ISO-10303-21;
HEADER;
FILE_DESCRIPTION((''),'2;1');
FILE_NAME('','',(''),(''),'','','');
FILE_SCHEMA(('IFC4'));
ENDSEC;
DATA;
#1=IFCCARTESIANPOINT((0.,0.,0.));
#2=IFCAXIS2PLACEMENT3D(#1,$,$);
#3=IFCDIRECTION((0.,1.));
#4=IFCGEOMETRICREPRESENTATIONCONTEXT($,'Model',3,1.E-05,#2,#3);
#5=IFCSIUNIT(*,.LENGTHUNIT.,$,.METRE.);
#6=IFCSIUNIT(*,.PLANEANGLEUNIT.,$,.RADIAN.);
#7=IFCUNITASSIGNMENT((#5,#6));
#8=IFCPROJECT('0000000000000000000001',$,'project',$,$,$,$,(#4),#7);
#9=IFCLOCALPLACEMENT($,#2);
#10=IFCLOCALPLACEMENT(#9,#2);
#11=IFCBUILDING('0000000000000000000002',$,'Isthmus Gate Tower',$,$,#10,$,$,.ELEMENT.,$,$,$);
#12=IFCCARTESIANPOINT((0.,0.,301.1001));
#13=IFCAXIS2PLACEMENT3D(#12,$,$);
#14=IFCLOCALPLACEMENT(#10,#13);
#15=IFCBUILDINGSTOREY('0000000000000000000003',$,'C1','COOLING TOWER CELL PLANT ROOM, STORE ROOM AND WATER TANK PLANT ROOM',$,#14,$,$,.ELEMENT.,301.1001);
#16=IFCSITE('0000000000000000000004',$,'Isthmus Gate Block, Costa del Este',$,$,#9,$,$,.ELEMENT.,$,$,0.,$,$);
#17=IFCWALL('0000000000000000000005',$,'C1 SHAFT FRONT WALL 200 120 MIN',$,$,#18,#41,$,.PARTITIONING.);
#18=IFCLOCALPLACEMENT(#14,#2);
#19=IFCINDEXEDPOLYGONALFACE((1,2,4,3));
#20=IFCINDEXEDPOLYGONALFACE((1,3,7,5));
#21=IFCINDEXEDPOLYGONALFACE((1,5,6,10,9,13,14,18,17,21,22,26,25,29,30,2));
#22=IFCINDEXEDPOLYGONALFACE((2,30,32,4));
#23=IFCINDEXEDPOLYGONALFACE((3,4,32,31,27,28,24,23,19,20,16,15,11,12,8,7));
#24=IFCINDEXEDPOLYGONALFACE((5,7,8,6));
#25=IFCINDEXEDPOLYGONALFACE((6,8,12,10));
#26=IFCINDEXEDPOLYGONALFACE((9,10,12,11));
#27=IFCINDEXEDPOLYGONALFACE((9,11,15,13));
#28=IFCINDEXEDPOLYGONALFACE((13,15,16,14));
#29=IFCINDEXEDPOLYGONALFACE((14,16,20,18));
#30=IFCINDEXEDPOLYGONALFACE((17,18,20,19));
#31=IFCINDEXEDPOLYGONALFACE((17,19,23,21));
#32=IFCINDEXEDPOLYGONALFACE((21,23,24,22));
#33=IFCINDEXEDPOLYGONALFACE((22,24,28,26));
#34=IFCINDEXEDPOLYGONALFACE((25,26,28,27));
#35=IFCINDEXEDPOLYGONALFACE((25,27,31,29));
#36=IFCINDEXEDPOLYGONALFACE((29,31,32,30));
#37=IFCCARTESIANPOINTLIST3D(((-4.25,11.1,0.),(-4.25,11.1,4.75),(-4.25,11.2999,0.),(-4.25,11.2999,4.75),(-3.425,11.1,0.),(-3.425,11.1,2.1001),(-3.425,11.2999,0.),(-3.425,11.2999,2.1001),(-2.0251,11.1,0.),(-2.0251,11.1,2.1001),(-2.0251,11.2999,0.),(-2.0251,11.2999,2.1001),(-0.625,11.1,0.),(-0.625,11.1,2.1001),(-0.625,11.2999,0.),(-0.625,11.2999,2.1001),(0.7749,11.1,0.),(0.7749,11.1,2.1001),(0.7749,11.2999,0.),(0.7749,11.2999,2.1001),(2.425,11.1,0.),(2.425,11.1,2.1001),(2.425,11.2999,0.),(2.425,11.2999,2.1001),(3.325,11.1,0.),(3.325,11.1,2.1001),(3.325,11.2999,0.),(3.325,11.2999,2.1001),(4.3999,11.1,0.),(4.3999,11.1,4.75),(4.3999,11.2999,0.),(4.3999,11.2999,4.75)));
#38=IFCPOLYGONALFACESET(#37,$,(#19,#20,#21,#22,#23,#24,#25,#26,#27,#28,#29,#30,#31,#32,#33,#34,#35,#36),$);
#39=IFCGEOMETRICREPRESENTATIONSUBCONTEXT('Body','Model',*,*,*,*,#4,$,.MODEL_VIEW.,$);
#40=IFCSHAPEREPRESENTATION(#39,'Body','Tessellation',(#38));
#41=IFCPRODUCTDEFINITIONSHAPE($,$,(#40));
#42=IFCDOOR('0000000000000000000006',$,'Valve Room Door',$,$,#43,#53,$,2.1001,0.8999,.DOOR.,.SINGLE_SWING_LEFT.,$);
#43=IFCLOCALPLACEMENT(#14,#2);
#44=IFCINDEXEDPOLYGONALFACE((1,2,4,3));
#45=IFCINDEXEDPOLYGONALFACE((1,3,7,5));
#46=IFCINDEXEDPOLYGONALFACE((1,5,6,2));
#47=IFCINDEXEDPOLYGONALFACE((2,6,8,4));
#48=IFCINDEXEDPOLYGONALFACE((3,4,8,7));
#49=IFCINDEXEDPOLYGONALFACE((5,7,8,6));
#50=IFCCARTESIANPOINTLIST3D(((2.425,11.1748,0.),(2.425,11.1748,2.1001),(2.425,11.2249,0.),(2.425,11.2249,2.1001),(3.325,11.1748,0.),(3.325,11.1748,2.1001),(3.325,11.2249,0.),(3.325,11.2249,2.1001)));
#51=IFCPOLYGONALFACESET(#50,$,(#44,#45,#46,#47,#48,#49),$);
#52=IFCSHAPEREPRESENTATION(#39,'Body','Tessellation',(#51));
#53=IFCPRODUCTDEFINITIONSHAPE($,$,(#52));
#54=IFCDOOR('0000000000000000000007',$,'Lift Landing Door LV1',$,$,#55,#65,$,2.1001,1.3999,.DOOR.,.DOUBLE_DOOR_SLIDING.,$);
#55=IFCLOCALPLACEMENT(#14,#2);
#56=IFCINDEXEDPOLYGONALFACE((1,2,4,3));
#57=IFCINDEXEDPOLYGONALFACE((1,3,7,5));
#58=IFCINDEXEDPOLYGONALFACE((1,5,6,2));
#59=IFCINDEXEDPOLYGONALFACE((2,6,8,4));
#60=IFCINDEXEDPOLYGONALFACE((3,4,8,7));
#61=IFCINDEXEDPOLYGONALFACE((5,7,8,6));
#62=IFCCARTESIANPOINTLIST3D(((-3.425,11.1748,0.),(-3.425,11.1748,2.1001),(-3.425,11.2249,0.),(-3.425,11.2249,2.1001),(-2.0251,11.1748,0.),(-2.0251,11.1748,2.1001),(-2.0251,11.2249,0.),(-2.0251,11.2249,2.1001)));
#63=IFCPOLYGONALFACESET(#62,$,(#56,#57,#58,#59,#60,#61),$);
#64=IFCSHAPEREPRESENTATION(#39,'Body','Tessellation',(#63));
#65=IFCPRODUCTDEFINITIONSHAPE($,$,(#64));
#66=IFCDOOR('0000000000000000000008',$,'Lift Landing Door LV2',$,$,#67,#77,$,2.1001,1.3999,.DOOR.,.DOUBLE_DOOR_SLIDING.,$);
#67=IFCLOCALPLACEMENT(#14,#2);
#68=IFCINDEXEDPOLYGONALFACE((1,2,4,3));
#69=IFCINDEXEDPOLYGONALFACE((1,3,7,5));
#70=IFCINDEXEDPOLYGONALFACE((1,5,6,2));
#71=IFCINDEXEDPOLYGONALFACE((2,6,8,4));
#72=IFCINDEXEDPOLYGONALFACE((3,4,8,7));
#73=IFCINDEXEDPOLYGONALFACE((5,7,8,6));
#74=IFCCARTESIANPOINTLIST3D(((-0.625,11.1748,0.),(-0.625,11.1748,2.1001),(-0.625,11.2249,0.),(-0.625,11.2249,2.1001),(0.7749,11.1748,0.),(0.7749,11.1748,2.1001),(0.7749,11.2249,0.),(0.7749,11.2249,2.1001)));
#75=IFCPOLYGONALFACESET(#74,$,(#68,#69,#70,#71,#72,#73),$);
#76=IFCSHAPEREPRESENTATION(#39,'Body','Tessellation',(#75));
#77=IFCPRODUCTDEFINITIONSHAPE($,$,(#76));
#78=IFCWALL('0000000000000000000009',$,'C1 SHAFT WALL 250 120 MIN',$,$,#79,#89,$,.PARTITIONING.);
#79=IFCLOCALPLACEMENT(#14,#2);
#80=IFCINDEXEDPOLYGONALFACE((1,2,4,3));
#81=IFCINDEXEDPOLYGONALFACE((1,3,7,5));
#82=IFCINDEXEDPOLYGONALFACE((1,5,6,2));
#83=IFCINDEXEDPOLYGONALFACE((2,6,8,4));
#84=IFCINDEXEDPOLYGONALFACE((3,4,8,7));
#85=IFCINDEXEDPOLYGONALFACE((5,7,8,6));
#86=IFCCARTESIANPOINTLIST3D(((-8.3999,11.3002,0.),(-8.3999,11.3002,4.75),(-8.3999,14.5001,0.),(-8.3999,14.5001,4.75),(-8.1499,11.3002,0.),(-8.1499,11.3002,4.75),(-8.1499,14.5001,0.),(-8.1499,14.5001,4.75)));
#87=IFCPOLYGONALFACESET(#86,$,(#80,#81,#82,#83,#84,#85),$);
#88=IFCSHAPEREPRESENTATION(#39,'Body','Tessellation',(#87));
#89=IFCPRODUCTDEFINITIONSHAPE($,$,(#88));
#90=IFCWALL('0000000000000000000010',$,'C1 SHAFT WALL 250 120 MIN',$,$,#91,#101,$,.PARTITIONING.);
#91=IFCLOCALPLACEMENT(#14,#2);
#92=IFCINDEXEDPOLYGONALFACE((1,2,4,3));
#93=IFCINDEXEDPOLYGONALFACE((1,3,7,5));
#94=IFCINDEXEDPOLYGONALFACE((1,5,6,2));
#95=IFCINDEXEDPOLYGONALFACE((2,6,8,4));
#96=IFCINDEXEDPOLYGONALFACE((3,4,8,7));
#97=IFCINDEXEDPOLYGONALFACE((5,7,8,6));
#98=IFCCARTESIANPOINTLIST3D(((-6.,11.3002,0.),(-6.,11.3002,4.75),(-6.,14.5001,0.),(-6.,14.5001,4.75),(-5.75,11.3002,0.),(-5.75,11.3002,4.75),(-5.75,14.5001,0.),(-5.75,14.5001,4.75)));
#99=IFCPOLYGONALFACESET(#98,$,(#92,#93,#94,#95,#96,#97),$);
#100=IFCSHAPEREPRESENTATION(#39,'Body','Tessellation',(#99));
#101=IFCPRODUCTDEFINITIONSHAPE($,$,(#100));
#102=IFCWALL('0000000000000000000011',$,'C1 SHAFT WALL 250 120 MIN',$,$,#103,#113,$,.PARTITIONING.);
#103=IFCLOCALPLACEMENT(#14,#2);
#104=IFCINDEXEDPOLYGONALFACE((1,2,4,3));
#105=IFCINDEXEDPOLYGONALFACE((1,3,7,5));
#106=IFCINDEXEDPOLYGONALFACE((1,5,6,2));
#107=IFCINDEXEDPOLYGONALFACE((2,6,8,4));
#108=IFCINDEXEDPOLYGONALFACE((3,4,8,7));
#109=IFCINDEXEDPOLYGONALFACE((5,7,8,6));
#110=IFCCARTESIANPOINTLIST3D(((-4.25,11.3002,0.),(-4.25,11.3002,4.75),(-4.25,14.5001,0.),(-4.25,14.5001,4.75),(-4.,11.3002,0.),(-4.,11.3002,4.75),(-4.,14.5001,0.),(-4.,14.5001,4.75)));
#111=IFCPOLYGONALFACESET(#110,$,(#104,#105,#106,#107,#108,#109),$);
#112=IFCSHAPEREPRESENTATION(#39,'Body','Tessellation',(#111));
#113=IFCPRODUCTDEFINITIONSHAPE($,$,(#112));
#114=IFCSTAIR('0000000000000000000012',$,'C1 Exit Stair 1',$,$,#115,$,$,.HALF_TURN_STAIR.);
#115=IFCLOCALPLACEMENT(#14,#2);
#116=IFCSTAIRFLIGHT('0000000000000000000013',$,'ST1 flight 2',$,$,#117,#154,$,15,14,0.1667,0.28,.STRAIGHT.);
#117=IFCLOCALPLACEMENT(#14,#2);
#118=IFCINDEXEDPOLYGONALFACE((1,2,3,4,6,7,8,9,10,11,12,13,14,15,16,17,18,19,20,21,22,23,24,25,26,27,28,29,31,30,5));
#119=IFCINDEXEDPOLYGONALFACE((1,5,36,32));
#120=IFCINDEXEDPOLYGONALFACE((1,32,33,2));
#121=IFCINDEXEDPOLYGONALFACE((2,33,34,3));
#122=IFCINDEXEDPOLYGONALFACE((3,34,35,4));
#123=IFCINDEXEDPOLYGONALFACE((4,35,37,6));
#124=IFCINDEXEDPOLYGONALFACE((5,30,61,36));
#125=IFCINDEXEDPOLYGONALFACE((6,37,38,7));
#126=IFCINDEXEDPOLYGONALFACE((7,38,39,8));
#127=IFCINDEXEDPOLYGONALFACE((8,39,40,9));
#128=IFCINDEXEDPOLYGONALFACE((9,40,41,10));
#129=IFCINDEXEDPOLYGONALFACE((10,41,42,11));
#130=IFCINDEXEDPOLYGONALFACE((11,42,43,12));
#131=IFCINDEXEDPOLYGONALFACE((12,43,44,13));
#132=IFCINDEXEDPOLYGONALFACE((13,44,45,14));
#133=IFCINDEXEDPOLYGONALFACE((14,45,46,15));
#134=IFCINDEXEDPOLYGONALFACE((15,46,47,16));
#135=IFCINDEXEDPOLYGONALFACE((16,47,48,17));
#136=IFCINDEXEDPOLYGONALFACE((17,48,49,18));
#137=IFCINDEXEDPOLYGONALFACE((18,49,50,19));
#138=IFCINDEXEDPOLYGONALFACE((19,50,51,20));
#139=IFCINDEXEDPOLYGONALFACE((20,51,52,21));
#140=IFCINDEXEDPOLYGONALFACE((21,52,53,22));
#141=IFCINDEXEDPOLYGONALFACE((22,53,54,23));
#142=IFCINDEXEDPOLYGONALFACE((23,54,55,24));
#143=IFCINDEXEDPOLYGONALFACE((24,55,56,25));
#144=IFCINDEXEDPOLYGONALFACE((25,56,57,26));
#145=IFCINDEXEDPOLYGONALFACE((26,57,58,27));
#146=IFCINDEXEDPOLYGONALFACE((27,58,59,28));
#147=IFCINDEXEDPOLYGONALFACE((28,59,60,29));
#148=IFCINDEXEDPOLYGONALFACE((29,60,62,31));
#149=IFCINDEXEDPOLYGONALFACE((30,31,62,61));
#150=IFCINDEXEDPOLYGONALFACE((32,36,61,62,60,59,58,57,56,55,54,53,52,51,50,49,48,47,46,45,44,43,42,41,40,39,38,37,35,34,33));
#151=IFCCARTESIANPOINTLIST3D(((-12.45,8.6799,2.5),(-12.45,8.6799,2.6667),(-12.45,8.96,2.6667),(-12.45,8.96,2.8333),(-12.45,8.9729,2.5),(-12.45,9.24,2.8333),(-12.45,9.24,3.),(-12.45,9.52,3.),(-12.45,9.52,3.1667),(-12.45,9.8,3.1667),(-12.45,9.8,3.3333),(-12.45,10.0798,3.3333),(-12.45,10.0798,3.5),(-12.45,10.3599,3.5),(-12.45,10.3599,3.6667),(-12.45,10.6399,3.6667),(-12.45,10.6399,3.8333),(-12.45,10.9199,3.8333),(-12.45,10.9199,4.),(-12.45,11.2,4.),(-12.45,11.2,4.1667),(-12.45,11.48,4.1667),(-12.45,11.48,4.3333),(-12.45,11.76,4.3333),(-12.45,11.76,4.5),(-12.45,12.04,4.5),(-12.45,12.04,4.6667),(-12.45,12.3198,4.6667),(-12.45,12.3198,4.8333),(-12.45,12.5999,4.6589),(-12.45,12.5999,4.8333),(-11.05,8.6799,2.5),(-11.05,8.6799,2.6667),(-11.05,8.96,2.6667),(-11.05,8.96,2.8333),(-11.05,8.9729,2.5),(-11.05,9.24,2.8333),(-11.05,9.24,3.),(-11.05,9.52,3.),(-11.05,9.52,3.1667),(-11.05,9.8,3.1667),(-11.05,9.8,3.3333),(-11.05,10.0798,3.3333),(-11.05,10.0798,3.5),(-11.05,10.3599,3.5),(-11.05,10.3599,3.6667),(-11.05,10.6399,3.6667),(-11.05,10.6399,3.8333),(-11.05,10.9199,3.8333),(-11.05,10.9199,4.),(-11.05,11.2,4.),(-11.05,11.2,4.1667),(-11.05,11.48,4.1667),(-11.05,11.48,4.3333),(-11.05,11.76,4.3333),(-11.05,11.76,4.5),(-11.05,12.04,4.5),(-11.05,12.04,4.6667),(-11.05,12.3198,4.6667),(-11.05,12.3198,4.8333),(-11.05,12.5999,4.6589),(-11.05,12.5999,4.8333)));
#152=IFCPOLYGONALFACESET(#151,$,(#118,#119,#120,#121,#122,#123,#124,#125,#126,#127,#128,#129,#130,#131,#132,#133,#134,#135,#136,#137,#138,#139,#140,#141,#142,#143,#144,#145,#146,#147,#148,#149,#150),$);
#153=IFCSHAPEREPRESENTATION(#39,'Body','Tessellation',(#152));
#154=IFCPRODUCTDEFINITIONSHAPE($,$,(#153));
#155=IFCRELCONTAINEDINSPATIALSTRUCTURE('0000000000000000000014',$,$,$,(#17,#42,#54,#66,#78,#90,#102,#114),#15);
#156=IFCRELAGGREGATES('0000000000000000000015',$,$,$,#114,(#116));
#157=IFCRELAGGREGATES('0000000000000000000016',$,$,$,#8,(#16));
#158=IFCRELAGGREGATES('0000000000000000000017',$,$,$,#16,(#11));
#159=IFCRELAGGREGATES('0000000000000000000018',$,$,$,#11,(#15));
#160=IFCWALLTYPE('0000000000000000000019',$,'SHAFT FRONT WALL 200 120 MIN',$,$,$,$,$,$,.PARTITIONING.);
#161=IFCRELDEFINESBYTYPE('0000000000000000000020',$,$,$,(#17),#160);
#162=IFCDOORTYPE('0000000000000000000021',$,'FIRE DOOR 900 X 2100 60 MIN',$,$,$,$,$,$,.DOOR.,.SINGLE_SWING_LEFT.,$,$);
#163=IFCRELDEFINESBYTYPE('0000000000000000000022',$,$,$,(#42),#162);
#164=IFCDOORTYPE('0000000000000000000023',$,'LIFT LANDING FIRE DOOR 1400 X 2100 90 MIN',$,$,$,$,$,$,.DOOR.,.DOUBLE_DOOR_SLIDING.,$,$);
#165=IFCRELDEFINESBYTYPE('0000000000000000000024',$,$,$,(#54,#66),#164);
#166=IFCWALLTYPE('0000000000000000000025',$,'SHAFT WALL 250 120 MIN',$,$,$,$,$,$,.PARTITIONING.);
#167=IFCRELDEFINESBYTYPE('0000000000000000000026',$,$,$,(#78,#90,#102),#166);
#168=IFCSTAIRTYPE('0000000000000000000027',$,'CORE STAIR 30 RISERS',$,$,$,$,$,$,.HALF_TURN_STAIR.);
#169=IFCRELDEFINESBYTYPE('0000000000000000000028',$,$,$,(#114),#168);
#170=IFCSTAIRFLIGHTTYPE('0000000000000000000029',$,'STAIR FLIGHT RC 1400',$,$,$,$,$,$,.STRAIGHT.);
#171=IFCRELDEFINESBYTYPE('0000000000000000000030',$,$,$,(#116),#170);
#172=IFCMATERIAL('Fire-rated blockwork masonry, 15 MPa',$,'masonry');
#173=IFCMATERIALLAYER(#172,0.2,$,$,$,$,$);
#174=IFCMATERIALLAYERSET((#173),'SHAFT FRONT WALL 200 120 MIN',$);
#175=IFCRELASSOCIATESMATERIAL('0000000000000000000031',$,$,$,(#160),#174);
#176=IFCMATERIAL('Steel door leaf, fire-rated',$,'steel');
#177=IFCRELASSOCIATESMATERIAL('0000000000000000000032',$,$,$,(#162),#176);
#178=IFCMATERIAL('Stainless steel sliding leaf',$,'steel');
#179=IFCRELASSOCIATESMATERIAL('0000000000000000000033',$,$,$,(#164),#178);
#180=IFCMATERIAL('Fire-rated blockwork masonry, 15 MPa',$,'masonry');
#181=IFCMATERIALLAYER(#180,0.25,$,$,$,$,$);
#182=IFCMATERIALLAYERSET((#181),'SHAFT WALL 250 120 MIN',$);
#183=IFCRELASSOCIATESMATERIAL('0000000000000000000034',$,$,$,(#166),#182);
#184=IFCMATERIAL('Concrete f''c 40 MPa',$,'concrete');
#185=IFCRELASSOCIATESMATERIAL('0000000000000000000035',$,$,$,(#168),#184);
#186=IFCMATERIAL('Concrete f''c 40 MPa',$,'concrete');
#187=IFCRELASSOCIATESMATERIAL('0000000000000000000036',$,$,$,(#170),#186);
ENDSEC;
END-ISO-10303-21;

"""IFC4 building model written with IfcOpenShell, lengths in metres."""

from ifc_helpers import new_model, si_unit, direction, frame, frame_2d, origin, place, context, subcontext, project, spatial, polyline, rectangle, outline, extrude, material, layer, layer_set, type_object, element, fill, aggregate, save


model = new_model("IFC4")

# Units and contexts
model_context = context("Model", 3, precision=1e-05, world=origin(), true_north=direction((0.0, 1.0)))
body_context = subcontext(model_context, "Body", "Model", "MODEL_VIEW")
ifc_project = project(units=[si_unit("LENGTHUNIT", "METRE"), si_unit("PLANEANGLEUNIT", "RADIAN")], contexts=[model_context])

# Site, building, storey
site_placement = place(None, origin())
site = spatial("IfcSite", under=ifc_project, at=site_placement, Name="Isthmus Gate Block, Costa del Este", CompositionType="ELEMENT", RefElevation=0.0)
building_placement = place(site_placement, origin())
building = spatial("IfcBuilding", under=site, at=building_placement, Name="Isthmus Gate Tower", CompositionType="ELEMENT")
storey_placement = place(building_placement, frame((0.0, 0.0, 301.1001)))
storey = spatial("IfcBuildingStorey", under=building, at=storey_placement, Name="C1", Description="COOLING TOWER CELL PLANT ROOM, STORE ROOM AND WATER TANK PLANT ROOM", CompositionType="ELEMENT", Elevation=301.1001)

# Wall, openings, doors
ifc_material_1 = material(Name="Fire-rated blockwork masonry, 15 MPa", Category="masonry")
ifc_layer_1 = layer(ifc_material_1, 0.2)
ifc_layer_set_1 = layer_set([ifc_layer_1], Name="SHAFT FRONT WALL 200 120 MIN")
wall_type_1 = type_object("IfcWallType", Name="SHAFT FRONT WALL 200 120 MIN", PredefinedType="PARTITIONING", material=ifc_layer_set_1)
wall_1_placement = place(storey_placement, frame((-4.25, 11.2, 0.0), z_axis=(0.0, 0.0, 1.0), x_axis=(1.0, 0.0, 0.0)))
wall_1 = element("IfcWall", 1, at=wall_1_placement, inside=storey, type_object=wall_type_1, Name="C1 SHAFT FRONT WALL 200 120 MIN", PredefinedType="PARTITIONING", context=body_context, shape_type="SweptSolid", body=[
    extrude(rectangle(XDim=8.6499, YDim=0.2, at=frame_2d((4.325, 0.0))), origin(), (0.0, 0.0, 1.0), 4.75),
])
opening_1_placement = place(wall_1_placement, frame((0.825, 0.0, 0.0)))
opening_1 = element("IfcOpeningElement", 2, at=opening_1_placement, cuts=wall_1, PredefinedType="OPENING", context=body_context, shape_type="SweptSolid", body=[
    extrude(rectangle(XDim=1.3999, YDim=2.1001, at=frame_2d((0.7, 1.05))), frame((0.0, 0.1099, 0.0), z_axis=(0.0, -1.0, 0.0), x_axis=(1.0, 0.0, 0.0)), (0.0, 0.0, 1.0), 0.22),
])
opening_2_placement = place(wall_1_placement, frame((3.625, 0.0, 0.0)))
opening_2 = element("IfcOpeningElement", 3, at=opening_2_placement, cuts=wall_1, PredefinedType="OPENING", context=body_context, shape_type="SweptSolid", body=[
    extrude(rectangle(XDim=1.3999, YDim=2.1001, at=frame_2d((0.7, 1.05))), frame((0.0, 0.1099, 0.0), z_axis=(0.0, -1.0, 0.0), x_axis=(1.0, 0.0, 0.0)), (0.0, 0.0, 1.0), 0.22),
])
opening_3_placement = place(wall_1_placement, frame((6.675, 0.0, 0.0)))
opening_3 = element("IfcOpeningElement", 4, at=opening_3_placement, cuts=wall_1, PredefinedType="OPENING", context=body_context, shape_type="SweptSolid", body=[
    extrude(rectangle(XDim=0.8999, YDim=2.1001, at=frame_2d((0.45, 1.05))), frame((0.0, 0.1099, 0.0), z_axis=(0.0, -1.0, 0.0), x_axis=(1.0, 0.0, 0.0)), (0.0, 0.0, 1.0), 0.22),
])
ifc_material_2 = material(Name="Steel door leaf, fire-rated", Category="steel")
door_type_1 = type_object("IfcDoorType", Name="FIRE DOOR 900 X 2100 60 MIN", OperationType="SINGLE_SWING_LEFT", PredefinedType="DOOR", material=ifc_material_2)
door_1_placement = place(opening_3_placement, origin())
door_1 = element("IfcDoor", 5, at=door_1_placement, inside=storey, type_object=door_type_1, Name="Valve Room Door", OperationType="SINGLE_SWING_LEFT", OverallHeight=2.1001, OverallWidth=0.8999, PredefinedType="DOOR", context=body_context, shape_type="SweptSolid", body=[
    extrude(rectangle(XDim=0.8999, YDim=2.1001, at=frame_2d((0.45, 1.05))), frame((0.0, 0.0249, 0.0), z_axis=(0.0, -1.0, 0.0), x_axis=(1.0, 0.0, 0.0)), (0.0, 0.0, 1.0), 0.05),
])
fill(opening_3, door_1)
ifc_material_3 = material(Name="Stainless steel sliding leaf", Category="steel")
door_type_2 = type_object("IfcDoorType", Name="LIFT LANDING FIRE DOOR 1400 X 2100 90 MIN", OperationType="DOUBLE_DOOR_SLIDING", PredefinedType="DOOR", material=ifc_material_3)
door_2_placement = place(opening_1_placement, origin())
door_2 = element("IfcDoor", 6, at=door_2_placement, inside=storey, type_object=door_type_2, Name="Lift Landing Door LV1", OperationType="DOUBLE_DOOR_SLIDING", OverallHeight=2.1001, OverallWidth=1.3999, PredefinedType="DOOR", context=body_context, shape_type="SweptSolid", body=[
    extrude(rectangle(XDim=1.3999, YDim=2.1001, at=frame_2d((0.7, 1.05))), frame((0.0, 0.0249, 0.0), z_axis=(0.0, -1.0, 0.0), x_axis=(1.0, 0.0, 0.0)), (0.0, 0.0, 1.0), 0.05),
])
fill(opening_1, door_2)
door_3_placement = place(opening_2_placement, origin())
door_3 = element("IfcDoor", 7, at=door_3_placement, inside=storey, type_object=door_type_2, Name="Lift Landing Door LV2", OperationType="DOUBLE_DOOR_SLIDING", OverallHeight=2.1001, OverallWidth=1.3999, PredefinedType="DOOR", context=body_context, shape_type="SweptSolid", body=[
    extrude(rectangle(XDim=1.3999, YDim=2.1001, at=frame_2d((0.7, 1.05))), frame((0.0, 0.0249, 0.0), z_axis=(0.0, -1.0, 0.0), x_axis=(1.0, 0.0, 0.0)), (0.0, 0.0, 1.0), 0.05),
])
fill(opening_2, door_3)

# Walls
ifc_material_4 = material(Name="Fire-rated blockwork masonry, 15 MPa", Category="masonry")
ifc_layer_2 = layer(ifc_material_4, 0.25)
ifc_layer_set_2 = layer_set([ifc_layer_2], Name="SHAFT WALL 250 120 MIN")
wall_type_2 = type_object("IfcWallType", Name="SHAFT WALL 250 120 MIN", PredefinedType="PARTITIONING", material=ifc_layer_set_2)
for number, where, z_axis, x_axis, name in (
    (8, (-8.2749, 11.3, 0.0), (0.0, 0.0, 1.0), (0.0, 1.0, 0.0), "C1 SHAFT WALL 250 120 MIN"),
    (9, (-5.875, 11.3, 0.0), (0.0, 0.0, 1.0), (0.0, 1.0, 0.0), "C1 SHAFT WALL 250 120 MIN"),
    (10, (-4.125, 11.3, 0.0), (0.0, 0.0, 1.0), (0.0, 1.0, 0.0), "C1 SHAFT WALL 250 120 MIN"),
):
    element("IfcWall", number, at=place(storey_placement, frame(where, z_axis=z_axis, x_axis=x_axis)), inside=storey, type_object=wall_type_2, Name=name, PredefinedType="PARTITIONING", context=body_context, shape_type="SweptSolid", body=[
        extrude(rectangle(XDim=3.2, YDim=0.25, at=frame_2d((1.6001, 0.0))), origin(), (0.0, 0.0, 1.0), 4.75),
    ])

# Stair, stair flight
ifc_material_5 = material(Name="Concrete f'c 40 MPa", Category="concrete")
stair_type = type_object("IfcStairType", Name="CORE STAIR 30 RISERS", PredefinedType="HALF_TURN_STAIR", material=ifc_material_5)
stair_placement = place(storey_placement, origin())
stair = element("IfcStair", 11, at=stair_placement, inside=storey, type_object=stair_type, Name="C1 Exit Stair 1", PredefinedType="HALF_TURN_STAIR")
ifc_material_6 = material(Name="Concrete f'c 40 MPa", Category="concrete")
stair_flight_type = type_object("IfcStairFlightType", Name="STAIR FLIGHT RC 1400", PredefinedType="STRAIGHT", material=ifc_material_6)
stair_flight_placement = place(storey_placement, frame((-11.75, 8.6799, 2.5), z_axis=(0.0, 0.0, 1.0), x_axis=(0.0, 1.0, 0.0)))
stair_flight = element("IfcStairFlight", 12, at=stair_flight_placement, type_object=stair_flight_type, Name="ST1 flight 2", NumberOfRisers=15, NumberOfTreads=14, PredefinedType="STRAIGHT", RiserHeight=0.1667, TreadLength=0.28, context=body_context, shape_type="SweptSolid", body=[
    extrude(outline(polyline([(0.0, 0.0), (0.0, 0.1667), (0.28, 0.1667), (0.28, 0.3333), (0.5601, 0.3333), (0.5601, 0.5), (0.8401, 0.5), (0.8401, 0.6667), (1.1201, 0.6667), (1.1201, 0.8333), (1.3999, 0.8333), (1.3999, 1.0), (1.6799, 1.0), (1.6799, 1.1667), (1.96, 1.1667), (1.96, 1.3333), (2.24, 1.3333), (2.24, 1.5), (2.52, 1.5), (2.52, 1.6667), (2.8, 1.6667), (2.8, 1.8333), (3.0801, 1.8333), (3.0801, 2.0), (3.3601, 2.0), (3.3601, 2.1667), (3.6399, 2.1667), (3.6399, 2.3333), (3.9199, 2.3333), (3.9199, 2.5), (3.9199, 2.1589), (0.293, 0.0), (0.0, 0.0)])), frame((0.0, 0.7, 0.0), z_axis=(0.0, -1.0, 0.0), x_axis=(1.0, 0.0, 0.0)), (0.0, 0.0, 1.0), 1.3999),
])
aggregate(stair, [stair_flight])

save(model, "model.ifc")
